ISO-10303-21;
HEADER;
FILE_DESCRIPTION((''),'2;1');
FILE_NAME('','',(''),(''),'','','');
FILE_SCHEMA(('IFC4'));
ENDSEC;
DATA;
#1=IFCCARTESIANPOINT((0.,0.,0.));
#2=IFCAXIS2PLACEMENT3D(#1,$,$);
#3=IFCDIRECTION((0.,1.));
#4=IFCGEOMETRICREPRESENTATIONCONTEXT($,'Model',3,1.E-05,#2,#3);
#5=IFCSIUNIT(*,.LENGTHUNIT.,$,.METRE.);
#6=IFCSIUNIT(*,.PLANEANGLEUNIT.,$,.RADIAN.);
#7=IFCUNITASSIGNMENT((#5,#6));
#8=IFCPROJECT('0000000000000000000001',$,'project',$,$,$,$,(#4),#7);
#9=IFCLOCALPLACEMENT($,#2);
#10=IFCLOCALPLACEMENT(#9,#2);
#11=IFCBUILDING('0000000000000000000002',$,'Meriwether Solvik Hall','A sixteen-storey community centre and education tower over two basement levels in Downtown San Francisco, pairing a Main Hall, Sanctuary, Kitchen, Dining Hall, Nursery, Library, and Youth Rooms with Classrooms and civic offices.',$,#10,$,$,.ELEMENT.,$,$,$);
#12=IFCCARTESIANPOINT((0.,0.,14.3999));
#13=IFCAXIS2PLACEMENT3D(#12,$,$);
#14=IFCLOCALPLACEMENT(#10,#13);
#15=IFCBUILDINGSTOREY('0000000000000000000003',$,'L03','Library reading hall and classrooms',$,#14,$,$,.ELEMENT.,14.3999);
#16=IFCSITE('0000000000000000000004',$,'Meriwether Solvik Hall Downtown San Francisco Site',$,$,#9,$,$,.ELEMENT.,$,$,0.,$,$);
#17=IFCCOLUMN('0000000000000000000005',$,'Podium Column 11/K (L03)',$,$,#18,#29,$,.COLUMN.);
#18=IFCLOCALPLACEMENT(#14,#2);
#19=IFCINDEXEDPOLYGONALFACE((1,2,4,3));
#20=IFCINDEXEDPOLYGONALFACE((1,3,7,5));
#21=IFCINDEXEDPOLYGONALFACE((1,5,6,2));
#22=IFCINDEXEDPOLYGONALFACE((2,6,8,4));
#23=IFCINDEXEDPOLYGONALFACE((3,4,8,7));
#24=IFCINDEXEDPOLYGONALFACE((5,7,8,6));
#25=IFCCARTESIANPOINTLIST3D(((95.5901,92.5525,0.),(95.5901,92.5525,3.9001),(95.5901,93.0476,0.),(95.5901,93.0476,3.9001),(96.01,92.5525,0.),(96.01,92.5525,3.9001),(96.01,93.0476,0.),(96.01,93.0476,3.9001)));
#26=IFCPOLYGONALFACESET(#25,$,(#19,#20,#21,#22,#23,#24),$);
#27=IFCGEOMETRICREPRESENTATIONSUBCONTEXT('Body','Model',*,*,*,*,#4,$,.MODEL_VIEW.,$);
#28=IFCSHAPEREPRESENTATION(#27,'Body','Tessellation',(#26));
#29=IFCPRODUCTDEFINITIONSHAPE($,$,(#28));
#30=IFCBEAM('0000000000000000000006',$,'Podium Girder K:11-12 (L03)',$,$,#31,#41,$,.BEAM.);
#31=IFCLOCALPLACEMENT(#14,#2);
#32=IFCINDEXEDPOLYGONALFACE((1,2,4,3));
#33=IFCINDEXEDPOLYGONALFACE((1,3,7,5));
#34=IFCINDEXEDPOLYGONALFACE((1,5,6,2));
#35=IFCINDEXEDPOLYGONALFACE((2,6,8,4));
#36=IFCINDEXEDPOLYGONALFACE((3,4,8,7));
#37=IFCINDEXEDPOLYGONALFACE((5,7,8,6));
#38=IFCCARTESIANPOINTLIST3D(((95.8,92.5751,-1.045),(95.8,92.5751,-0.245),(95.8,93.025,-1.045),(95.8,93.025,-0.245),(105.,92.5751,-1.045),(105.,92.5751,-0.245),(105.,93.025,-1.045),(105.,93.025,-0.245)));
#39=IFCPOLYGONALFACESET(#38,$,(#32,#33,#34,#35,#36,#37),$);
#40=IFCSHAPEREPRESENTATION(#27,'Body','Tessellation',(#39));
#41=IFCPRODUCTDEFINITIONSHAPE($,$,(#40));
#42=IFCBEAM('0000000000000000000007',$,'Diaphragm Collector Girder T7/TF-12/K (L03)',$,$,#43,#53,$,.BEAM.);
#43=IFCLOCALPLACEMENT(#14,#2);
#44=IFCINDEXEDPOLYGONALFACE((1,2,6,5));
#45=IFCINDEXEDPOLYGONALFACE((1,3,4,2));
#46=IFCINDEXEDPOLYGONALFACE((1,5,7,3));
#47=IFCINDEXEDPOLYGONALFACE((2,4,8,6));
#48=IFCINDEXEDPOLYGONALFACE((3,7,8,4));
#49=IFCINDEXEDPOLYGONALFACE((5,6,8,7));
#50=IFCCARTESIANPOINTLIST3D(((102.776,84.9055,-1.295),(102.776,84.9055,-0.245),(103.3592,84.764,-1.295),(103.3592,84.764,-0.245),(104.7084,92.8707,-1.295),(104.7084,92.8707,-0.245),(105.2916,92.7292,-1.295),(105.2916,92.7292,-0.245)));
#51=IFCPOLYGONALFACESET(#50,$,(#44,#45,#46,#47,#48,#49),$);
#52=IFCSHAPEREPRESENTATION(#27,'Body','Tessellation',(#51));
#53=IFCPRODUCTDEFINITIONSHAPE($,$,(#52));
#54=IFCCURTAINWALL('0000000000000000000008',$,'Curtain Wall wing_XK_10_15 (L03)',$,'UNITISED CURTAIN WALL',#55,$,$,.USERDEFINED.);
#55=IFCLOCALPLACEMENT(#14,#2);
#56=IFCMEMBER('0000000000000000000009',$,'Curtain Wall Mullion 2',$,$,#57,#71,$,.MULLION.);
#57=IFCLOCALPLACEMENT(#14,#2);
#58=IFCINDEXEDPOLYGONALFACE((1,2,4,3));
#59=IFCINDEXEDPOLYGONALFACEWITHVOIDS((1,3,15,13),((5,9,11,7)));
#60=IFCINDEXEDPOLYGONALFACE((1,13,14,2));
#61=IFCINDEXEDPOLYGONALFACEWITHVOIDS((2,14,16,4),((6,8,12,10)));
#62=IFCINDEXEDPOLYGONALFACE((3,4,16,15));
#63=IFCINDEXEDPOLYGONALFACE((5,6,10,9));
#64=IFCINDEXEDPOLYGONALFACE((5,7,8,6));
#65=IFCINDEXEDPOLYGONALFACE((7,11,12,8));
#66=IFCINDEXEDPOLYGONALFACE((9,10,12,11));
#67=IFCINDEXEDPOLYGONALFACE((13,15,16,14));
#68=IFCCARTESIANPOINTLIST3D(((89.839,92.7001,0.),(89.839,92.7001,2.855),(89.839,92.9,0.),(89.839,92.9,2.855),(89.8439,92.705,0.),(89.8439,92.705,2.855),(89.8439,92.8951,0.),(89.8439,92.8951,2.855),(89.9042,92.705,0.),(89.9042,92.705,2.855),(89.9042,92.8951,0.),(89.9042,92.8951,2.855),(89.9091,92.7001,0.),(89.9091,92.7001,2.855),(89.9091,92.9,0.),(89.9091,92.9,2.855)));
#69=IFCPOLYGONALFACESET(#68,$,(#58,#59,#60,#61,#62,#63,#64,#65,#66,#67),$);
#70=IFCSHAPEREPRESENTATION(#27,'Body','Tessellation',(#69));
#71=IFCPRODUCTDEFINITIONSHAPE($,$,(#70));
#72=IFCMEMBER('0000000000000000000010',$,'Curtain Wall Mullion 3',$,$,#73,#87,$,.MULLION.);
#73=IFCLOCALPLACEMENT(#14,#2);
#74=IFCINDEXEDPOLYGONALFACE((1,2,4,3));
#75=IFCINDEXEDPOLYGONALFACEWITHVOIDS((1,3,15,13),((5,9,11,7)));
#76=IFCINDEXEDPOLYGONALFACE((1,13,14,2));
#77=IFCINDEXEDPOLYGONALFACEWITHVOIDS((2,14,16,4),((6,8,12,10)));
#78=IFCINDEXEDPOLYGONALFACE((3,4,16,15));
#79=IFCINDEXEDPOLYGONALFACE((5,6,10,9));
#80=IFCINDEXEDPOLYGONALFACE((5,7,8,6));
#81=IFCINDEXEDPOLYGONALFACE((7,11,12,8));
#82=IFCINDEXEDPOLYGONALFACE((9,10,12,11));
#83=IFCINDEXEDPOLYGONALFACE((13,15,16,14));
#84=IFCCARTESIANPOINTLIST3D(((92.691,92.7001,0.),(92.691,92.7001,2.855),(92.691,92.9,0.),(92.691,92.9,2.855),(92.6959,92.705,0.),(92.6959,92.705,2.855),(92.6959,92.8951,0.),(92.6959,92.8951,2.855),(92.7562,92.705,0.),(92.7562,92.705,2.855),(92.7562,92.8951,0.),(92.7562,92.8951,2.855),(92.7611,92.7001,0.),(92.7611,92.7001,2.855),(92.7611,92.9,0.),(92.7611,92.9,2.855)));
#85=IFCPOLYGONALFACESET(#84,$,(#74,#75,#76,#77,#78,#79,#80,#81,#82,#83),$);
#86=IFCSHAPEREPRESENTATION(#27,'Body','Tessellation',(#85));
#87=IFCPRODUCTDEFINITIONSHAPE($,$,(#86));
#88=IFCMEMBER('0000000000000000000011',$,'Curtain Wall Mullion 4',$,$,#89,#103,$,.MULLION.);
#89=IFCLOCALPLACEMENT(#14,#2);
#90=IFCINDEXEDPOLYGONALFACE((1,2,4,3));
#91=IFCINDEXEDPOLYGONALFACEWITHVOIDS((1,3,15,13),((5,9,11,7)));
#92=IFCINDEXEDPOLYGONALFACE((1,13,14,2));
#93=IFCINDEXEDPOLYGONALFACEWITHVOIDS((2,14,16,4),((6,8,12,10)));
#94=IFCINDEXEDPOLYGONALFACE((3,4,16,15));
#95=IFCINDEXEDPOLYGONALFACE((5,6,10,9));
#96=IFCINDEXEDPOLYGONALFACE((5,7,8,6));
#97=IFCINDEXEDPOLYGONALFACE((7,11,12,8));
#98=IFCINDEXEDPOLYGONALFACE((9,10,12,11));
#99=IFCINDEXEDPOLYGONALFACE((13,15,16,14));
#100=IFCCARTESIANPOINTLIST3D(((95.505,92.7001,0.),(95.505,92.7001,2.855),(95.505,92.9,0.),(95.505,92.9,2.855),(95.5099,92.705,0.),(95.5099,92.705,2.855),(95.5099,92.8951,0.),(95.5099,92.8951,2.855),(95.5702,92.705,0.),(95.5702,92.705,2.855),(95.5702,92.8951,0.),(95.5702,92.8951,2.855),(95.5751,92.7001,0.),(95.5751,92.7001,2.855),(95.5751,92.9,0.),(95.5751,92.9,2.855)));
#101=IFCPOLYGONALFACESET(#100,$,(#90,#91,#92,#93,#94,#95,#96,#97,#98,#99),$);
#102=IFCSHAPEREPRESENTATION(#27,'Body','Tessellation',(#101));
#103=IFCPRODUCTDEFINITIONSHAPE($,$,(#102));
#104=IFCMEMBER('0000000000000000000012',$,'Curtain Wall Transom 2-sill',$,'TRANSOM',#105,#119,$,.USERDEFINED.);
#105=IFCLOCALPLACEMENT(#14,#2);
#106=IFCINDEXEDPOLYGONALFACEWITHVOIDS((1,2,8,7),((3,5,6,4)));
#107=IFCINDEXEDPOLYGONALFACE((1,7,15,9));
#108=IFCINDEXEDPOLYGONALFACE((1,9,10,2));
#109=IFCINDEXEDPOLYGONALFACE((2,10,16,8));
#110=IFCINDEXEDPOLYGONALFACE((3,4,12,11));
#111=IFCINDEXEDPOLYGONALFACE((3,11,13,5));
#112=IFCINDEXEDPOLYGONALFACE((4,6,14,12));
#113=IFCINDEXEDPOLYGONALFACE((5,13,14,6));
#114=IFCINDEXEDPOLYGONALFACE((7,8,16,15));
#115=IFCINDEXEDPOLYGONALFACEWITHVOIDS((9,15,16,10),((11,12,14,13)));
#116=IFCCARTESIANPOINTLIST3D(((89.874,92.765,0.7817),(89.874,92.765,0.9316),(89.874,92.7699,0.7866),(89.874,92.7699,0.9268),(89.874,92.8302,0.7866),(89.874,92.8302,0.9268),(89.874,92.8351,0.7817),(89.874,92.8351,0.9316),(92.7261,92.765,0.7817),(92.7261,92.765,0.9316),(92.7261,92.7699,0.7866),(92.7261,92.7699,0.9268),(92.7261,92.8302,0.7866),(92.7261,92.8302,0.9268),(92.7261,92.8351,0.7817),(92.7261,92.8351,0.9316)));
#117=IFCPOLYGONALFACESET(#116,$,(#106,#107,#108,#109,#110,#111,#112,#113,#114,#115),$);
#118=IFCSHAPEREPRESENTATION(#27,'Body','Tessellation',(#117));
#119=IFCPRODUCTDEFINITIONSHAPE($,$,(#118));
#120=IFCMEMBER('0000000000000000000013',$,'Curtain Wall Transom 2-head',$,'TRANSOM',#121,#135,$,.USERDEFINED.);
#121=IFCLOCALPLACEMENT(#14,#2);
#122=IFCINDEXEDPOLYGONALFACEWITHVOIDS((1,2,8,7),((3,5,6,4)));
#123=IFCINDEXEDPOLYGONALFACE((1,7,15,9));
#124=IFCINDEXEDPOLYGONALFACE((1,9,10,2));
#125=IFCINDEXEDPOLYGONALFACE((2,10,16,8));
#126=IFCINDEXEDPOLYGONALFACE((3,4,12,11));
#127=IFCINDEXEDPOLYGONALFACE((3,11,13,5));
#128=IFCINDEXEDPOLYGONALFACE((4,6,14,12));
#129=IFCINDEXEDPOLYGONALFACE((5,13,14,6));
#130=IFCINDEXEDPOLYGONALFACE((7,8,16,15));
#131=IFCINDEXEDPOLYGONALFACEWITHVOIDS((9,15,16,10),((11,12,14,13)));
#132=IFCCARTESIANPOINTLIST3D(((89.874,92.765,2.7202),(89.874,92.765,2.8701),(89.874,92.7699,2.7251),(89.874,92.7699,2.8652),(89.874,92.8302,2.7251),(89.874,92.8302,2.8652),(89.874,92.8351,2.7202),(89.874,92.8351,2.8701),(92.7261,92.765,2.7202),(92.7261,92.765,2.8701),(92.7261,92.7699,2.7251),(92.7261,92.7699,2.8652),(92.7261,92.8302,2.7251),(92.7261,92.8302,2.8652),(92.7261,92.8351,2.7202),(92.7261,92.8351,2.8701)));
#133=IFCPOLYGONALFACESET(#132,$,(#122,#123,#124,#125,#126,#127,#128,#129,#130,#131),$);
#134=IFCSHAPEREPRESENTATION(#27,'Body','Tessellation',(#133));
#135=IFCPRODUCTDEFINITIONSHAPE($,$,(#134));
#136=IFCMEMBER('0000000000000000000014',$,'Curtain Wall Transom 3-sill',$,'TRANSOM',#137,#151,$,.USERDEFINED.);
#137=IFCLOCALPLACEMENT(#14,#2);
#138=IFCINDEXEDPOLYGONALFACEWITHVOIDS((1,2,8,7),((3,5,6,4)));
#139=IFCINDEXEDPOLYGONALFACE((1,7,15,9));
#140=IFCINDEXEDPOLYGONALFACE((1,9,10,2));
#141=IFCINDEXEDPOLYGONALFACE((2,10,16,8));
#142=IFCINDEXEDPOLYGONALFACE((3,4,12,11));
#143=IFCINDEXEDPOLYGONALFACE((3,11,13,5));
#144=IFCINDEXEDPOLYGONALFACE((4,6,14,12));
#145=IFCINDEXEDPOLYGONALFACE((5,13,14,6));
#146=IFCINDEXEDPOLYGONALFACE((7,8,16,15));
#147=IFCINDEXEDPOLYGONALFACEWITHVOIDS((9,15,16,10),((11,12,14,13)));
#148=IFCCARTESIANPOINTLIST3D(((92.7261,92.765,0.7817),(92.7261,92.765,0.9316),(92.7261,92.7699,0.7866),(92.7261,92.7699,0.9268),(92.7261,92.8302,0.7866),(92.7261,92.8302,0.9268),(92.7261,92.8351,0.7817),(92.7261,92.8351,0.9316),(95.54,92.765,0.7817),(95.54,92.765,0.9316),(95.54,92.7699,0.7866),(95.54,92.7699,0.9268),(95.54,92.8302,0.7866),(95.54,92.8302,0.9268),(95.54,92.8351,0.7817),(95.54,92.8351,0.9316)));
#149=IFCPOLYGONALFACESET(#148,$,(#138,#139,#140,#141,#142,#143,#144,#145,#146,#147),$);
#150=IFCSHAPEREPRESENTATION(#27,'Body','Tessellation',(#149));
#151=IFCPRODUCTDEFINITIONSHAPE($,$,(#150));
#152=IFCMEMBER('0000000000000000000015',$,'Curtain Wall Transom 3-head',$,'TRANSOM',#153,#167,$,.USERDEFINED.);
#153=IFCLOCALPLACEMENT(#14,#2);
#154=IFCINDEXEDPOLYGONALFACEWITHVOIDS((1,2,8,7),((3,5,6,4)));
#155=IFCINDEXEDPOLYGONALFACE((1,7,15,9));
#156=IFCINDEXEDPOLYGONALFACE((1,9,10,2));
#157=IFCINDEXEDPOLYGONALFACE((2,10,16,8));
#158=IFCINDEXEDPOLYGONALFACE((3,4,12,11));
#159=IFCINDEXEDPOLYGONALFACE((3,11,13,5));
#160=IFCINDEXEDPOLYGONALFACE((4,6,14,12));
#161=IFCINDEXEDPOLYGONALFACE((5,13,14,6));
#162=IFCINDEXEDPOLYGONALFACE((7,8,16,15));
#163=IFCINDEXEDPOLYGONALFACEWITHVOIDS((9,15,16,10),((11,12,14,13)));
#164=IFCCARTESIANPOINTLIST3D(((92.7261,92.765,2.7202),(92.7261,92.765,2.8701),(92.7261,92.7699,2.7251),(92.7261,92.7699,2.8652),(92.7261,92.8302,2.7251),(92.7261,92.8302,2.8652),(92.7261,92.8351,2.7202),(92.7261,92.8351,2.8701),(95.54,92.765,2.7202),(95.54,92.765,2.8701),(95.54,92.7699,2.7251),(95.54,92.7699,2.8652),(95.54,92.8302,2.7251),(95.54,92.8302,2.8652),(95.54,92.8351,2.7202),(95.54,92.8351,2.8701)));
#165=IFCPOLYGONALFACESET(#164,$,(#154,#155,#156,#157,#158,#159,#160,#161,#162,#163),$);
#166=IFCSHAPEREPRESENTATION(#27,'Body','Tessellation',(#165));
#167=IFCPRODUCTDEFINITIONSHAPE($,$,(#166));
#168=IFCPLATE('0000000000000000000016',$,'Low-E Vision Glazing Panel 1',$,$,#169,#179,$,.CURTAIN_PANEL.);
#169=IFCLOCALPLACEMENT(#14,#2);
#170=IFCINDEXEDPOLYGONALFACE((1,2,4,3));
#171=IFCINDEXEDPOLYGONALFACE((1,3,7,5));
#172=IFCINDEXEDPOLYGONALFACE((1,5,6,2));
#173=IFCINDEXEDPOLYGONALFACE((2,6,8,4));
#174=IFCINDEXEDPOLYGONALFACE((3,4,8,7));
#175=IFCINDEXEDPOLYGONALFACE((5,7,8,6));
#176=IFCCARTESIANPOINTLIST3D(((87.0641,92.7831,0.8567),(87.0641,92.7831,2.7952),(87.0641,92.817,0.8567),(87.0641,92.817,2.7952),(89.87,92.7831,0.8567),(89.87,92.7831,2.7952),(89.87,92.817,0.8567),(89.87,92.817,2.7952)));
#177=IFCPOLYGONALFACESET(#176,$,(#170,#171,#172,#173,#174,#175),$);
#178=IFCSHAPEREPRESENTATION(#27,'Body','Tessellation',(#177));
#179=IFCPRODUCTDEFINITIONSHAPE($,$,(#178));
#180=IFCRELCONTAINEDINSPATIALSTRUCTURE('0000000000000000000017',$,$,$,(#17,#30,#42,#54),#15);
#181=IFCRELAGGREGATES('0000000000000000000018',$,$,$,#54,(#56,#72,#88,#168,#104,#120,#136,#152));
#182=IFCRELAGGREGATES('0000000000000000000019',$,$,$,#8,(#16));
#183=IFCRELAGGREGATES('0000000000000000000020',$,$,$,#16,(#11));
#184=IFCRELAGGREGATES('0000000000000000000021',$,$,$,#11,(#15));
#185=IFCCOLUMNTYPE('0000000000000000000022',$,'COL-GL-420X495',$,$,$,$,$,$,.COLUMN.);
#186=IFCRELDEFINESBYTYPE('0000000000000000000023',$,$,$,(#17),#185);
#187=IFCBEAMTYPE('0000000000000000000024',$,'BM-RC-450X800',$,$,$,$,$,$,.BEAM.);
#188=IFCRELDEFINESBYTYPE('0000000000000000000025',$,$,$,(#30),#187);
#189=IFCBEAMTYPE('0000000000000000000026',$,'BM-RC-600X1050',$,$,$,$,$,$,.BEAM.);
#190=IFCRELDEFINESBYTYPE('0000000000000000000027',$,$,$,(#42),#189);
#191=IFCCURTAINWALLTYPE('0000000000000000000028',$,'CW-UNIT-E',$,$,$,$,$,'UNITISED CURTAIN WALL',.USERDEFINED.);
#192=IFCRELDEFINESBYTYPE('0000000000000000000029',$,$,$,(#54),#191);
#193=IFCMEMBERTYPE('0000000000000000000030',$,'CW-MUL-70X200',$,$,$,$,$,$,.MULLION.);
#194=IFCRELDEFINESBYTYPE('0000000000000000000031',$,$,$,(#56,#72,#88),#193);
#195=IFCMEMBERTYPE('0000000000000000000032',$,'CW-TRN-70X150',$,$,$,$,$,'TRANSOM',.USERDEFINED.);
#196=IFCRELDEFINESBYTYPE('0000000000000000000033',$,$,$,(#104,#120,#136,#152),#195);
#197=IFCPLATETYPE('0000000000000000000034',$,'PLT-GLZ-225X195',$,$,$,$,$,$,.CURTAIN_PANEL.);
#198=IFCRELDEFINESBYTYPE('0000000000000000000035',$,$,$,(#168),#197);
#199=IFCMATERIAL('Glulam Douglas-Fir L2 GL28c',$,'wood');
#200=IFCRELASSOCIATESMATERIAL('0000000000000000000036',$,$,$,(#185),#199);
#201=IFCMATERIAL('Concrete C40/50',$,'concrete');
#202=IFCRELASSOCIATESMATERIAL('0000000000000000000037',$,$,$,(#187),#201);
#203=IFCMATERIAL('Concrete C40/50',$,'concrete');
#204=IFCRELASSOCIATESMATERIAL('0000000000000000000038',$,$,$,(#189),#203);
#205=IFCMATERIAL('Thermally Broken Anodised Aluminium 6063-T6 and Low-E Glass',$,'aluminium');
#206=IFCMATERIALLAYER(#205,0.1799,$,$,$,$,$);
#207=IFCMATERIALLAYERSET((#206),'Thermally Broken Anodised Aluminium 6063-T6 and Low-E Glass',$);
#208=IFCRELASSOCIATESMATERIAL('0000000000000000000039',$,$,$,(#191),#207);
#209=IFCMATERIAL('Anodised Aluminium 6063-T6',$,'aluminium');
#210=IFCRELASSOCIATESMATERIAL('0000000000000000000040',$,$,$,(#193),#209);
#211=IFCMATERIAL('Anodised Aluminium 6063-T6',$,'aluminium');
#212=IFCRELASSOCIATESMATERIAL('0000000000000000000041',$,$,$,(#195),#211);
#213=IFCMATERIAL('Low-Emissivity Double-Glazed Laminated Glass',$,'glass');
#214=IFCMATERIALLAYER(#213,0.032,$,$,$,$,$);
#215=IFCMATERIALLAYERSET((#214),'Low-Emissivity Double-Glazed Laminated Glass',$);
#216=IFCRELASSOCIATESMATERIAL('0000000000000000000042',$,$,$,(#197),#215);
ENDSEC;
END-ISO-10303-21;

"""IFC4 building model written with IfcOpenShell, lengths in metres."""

from ifc_helpers import new_model, si_unit, direction, frame, origin, origin_2d, place, context, subcontext, project, spatial, rectangle, hollow_rectangle, extrude, material, layer, layer_set, material_profile, profile_set, type_object, element, aggregate, save


model = new_model("IFC4")

# Units and contexts
model_context = context("Model", 3, precision=1e-05, world=origin(), true_north=direction((0.0, 1.0)))
body_context = subcontext(model_context, "Body", "Model", "MODEL_VIEW")
ifc_project = project(units=[si_unit("LENGTHUNIT", "METRE"), si_unit("PLANEANGLEUNIT", "RADIAN")], contexts=[model_context])

# Site, building, storey
site_placement = place(None, origin())
site = spatial("IfcSite", under=ifc_project, at=site_placement, Name="Meriwether Solvik Hall Downtown San Francisco Site", CompositionType="ELEMENT", RefElevation=0.0)
building_placement = place(site_placement, origin())
building = spatial("IfcBuilding", under=site, at=building_placement, Name="Meriwether Solvik Hall", Description="A sixteen-storey community centre and education tower over two basement levels in Downtown San Francisco, pairing a Main Hall, Sanctuary, Kitchen, Dining Hall, Nursery, Library, and Youth Rooms with Classrooms and civic offices.", CompositionType="ELEMENT")
storey_placement = place(building_placement, frame((0.0, 0.0, 14.3999)))
storey = spatial("IfcBuildingStorey", under=building, at=storey_placement, Name="L03", Description="Library reading hall and classrooms", CompositionType="ELEMENT", Elevation=14.3999)

# Column
ifc_material_1 = material(Name="Glulam Douglas-Fir L2 GL28c", Category="wood")
ifc_material_profile_1 = material_profile(ifc_material_1, rectangle(XDim=0.4199, YDim=0.4951, at=origin_2d()), Name="GLC-420X495")
ifc_profile_set_1 = profile_set([ifc_material_profile_1], Name="Glulam Douglas-Fir L2 GL28c")
column_type = type_object("IfcColumnType", Name="COL-GL-420X495", PredefinedType="COLUMN", material=ifc_profile_set_1)
column_placement = place(storey_placement, frame((95.8, 92.8, 0.0), z_axis=(0.0, 0.0, 1.0), x_axis=(1.0, 0.0, 0.0)))
element("IfcColumn", 1, at=column_placement, inside=storey, type_object=column_type, Name="Podium Column 11/K (L03)", PredefinedType="COLUMN", context=body_context, shape_type="SweptSolid", body=[
    extrude(rectangle(XDim=0.4199, YDim=0.4951, at=origin_2d()), origin(), (0.0, 0.0, 1.0), 3.9001),
])

# Beams
ifc_material_2 = material(Name="Concrete C40/50", Category="concrete")
ifc_material_profile_2 = material_profile(ifc_material_2, rectangle(XDim=0.45, YDim=0.8, at=origin_2d()), Name="RCB-450X800")
ifc_profile_set_2 = profile_set([ifc_material_profile_2], Name="Concrete C40/50")
beam_type_1 = type_object("IfcBeamType", Name="BM-RC-450X800", PredefinedType="BEAM", material=ifc_profile_set_2)
beam_1_placement = place(storey_placement, frame((95.8, 92.8, -0.645), z_axis=(1.0, 0.0, 0.0), x_axis=(0.0, 1.0, 0.0)))
element("IfcBeam", 2, at=beam_1_placement, inside=storey, type_object=beam_type_1, Name="Podium Girder K:11-12 (L03)", PredefinedType="BEAM", context=body_context, shape_type="SweptSolid", body=[
    extrude(rectangle(XDim=0.45, YDim=0.8, at=origin_2d()), origin(), (0.0, 0.0, 1.0), 9.2),
])
ifc_material_3 = material(Name="Concrete C40/50", Category="concrete")
ifc_material_profile_3 = material_profile(ifc_material_3, rectangle(XDim=0.6001, YDim=1.05, at=origin_2d()), Name="RCB-600X1050")
ifc_profile_set_3 = profile_set([ifc_material_profile_3], Name="Concrete C40/50")
beam_type_2 = type_object("IfcBeamType", Name="BM-RC-600X1050", PredefinedType="BEAM", material=ifc_profile_set_3)
beam_2_placement = place(storey_placement, frame((103.0676, 84.8347, -0.77), z_axis=(0.235759, 0.971811, 0.0), x_axis=(-0.971811, 0.235759, 0.0)))
element("IfcBeam", 3, at=beam_2_placement, inside=storey, type_object=beam_type_2, Name="Diaphragm Collector Girder T7/TF-12/K (L03)", PredefinedType="BEAM", context=body_context, shape_type="SweptSolid", body=[
    extrude(rectangle(XDim=0.6001, YDim=1.05, at=origin_2d()), origin(), (0.0, 0.0, 1.0), 8.1963),
])

# Curtain wall, members, plate
ifc_material_4 = material(Name="Thermally Broken Anodised Aluminium 6063-T6 and Low-E Glass", Category="aluminium")
ifc_layer_1 = layer(ifc_material_4, 0.1799)
ifc_layer_set_1 = layer_set([ifc_layer_1], Name="Thermally Broken Anodised Aluminium 6063-T6 and Low-E Glass")
curtain_wall_type = type_object("IfcCurtainWallType", Name="CW-UNIT-E", ElementType="UNITISED CURTAIN WALL", PredefinedType="USERDEFINED", material=ifc_layer_set_1)
curtain_wall_placement = place(storey_placement, origin())
curtain_wall = element("IfcCurtainWall", 4, at=curtain_wall_placement, inside=storey, type_object=curtain_wall_type, Name="Curtain Wall wing_XK_10_15 (L03)", ObjectType="UNITISED CURTAIN WALL", PredefinedType="USERDEFINED")
ifc_material_5 = material(Name="Anodised Aluminium 6063-T6", Category="aluminium")
ifc_material_profile_4 = material_profile(ifc_material_5, hollow_rectangle(XDim=0.0701, YDim=0.2, WallThickness=0.0049, at=origin_2d()), Name="CWM-70X200")
ifc_profile_set_4 = profile_set([ifc_material_profile_4], Name="Anodised Aluminium 6063-T6")
member_type_1 = type_object("IfcMemberType", Name="CW-MUL-70X200", PredefinedType="MULLION", material=ifc_profile_set_4)
member_1_placement = place(storey_placement, frame((89.874, 92.8, 0.0), z_axis=(0.0, 0.0, 1.0), x_axis=(1.0, 0.0, 0.0)))
member_1 = element("IfcMember", 5, at=member_1_placement, type_object=member_type_1, Name="Curtain Wall Mullion 2", PredefinedType="MULLION", context=body_context, shape_type="SweptSolid", body=[
    extrude(hollow_rectangle(XDim=0.0701, YDim=0.2, WallThickness=0.0049, at=origin_2d()), origin(), (0.0, 0.0, 1.0), 2.855),
])
member_2_placement = place(storey_placement, frame((92.7261, 92.8, 0.0), z_axis=(0.0, 0.0, 1.0), x_axis=(1.0, 0.0, 0.0)))
member_2 = element("IfcMember", 6, at=member_2_placement, type_object=member_type_1, Name="Curtain Wall Mullion 3", PredefinedType="MULLION", context=body_context, shape_type="SweptSolid", body=[
    extrude(hollow_rectangle(XDim=0.0701, YDim=0.2, WallThickness=0.0049, at=origin_2d()), origin(), (0.0, 0.0, 1.0), 2.855),
])
member_3_placement = place(storey_placement, frame((95.54, 92.8, 0.0), z_axis=(0.0, 0.0, 1.0), x_axis=(1.0, 0.0, 0.0)))
member_3 = element("IfcMember", 7, at=member_3_placement, type_object=member_type_1, Name="Curtain Wall Mullion 4", PredefinedType="MULLION", context=body_context, shape_type="SweptSolid", body=[
    extrude(hollow_rectangle(XDim=0.0701, YDim=0.2, WallThickness=0.0049, at=origin_2d()), origin(), (0.0, 0.0, 1.0), 2.855),
])
ifc_material_6 = material(Name="Anodised Aluminium 6063-T6", Category="aluminium")
ifc_material_profile_5 = material_profile(ifc_material_6, hollow_rectangle(XDim=0.0701, YDim=0.1499, WallThickness=0.0049, at=origin_2d()), Name="CWT-70X150")
ifc_profile_set_5 = profile_set([ifc_material_profile_5], Name="Anodised Aluminium 6063-T6")
member_type_2 = type_object("IfcMemberType", Name="CW-TRN-70X150", ElementType="TRANSOM", PredefinedType="USERDEFINED", material=ifc_profile_set_5)
member_4_placement = place(storey_placement, frame((89.874, 92.8, 0.8567), z_axis=(1.0, 0.0, 0.0), x_axis=(0.0, 1.0, 0.0)))
member_4 = element("IfcMember", 8, at=member_4_placement, type_object=member_type_2, Name="Curtain Wall Transom 2-sill", ObjectType="TRANSOM", PredefinedType="USERDEFINED", context=body_context, shape_type="SweptSolid", body=[
    extrude(hollow_rectangle(XDim=0.0701, YDim=0.1499, WallThickness=0.0049, at=origin_2d()), origin(), (0.0, 0.0, 1.0), 2.8521),
])
member_5_placement = place(storey_placement, frame((89.874, 92.8, 2.7952), z_axis=(1.0, 0.0, 0.0), x_axis=(0.0, 1.0, 0.0)))
member_5 = element("IfcMember", 9, at=member_5_placement, type_object=member_type_2, Name="Curtain Wall Transom 2-head", ObjectType="TRANSOM", PredefinedType="USERDEFINED", context=body_context, shape_type="SweptSolid", body=[
    extrude(hollow_rectangle(XDim=0.0701, YDim=0.1499, WallThickness=0.0049, at=origin_2d()), origin(), (0.0, 0.0, 1.0), 2.8521),
])
member_6_placement = place(storey_placement, frame((92.7261, 92.8, 0.8567), z_axis=(1.0, 0.0, 0.0), x_axis=(0.0, 1.0, 0.0)))
member_6 = element("IfcMember", 10, at=member_6_placement, type_object=member_type_2, Name="Curtain Wall Transom 3-sill", ObjectType="TRANSOM", PredefinedType="USERDEFINED", context=body_context, shape_type="SweptSolid", body=[
    extrude(hollow_rectangle(XDim=0.0701, YDim=0.1499, WallThickness=0.0049, at=origin_2d()), origin(), (0.0, 0.0, 1.0), 2.814),
])
member_7_placement = place(storey_placement, frame((92.7261, 92.8, 2.7952), z_axis=(1.0, 0.0, 0.0), x_axis=(0.0, 1.0, 0.0)))
member_7 = element("IfcMember", 11, at=member_7_placement, type_object=member_type_2, Name="Curtain Wall Transom 3-head", ObjectType="TRANSOM", PredefinedType="USERDEFINED", context=body_context, shape_type="SweptSolid", body=[
    extrude(hollow_rectangle(XDim=0.0701, YDim=0.1499, WallThickness=0.0049, at=origin_2d()), origin(), (0.0, 0.0, 1.0), 2.814),
])
ifc_material_7 = material(Name="Low-Emissivity Double-Glazed Laminated Glass", Category="glass")
ifc_layer_2 = layer(ifc_material_7, 0.032)
ifc_layer_set_2 = layer_set([ifc_layer_2], Name="Low-Emissivity Double-Glazed Laminated Glass")
plate_type_1 = type_object("IfcPlateType", Name="PLT-GLZ-225X195", PredefinedType="CURTAIN_PANEL", material=ifc_layer_set_2)
plate_1_placement = place(storey_placement, frame((88.467, 92.8, 0.8567), z_axis=(0.0, 0.0, 1.0), x_axis=(1.0, 0.0, 0.0)))
plate_1 = element("IfcPlate", 12, at=plate_1_placement, type_object=plate_type_1, Name="Low-E Vision Glazing Panel 1", PredefinedType="CURTAIN_PANEL", context=body_context, shape_type="SweptSolid", body=[
    extrude(rectangle(XDim=2.8059, YDim=0.0339, at=origin_2d()), origin(), (0.0, 0.0, 1.0), 1.9385),
])
aggregate(curtain_wall, [member_1, member_2, member_3, plate_1, member_4, member_5, member_6, member_7])

save(model, "model.ifc")
